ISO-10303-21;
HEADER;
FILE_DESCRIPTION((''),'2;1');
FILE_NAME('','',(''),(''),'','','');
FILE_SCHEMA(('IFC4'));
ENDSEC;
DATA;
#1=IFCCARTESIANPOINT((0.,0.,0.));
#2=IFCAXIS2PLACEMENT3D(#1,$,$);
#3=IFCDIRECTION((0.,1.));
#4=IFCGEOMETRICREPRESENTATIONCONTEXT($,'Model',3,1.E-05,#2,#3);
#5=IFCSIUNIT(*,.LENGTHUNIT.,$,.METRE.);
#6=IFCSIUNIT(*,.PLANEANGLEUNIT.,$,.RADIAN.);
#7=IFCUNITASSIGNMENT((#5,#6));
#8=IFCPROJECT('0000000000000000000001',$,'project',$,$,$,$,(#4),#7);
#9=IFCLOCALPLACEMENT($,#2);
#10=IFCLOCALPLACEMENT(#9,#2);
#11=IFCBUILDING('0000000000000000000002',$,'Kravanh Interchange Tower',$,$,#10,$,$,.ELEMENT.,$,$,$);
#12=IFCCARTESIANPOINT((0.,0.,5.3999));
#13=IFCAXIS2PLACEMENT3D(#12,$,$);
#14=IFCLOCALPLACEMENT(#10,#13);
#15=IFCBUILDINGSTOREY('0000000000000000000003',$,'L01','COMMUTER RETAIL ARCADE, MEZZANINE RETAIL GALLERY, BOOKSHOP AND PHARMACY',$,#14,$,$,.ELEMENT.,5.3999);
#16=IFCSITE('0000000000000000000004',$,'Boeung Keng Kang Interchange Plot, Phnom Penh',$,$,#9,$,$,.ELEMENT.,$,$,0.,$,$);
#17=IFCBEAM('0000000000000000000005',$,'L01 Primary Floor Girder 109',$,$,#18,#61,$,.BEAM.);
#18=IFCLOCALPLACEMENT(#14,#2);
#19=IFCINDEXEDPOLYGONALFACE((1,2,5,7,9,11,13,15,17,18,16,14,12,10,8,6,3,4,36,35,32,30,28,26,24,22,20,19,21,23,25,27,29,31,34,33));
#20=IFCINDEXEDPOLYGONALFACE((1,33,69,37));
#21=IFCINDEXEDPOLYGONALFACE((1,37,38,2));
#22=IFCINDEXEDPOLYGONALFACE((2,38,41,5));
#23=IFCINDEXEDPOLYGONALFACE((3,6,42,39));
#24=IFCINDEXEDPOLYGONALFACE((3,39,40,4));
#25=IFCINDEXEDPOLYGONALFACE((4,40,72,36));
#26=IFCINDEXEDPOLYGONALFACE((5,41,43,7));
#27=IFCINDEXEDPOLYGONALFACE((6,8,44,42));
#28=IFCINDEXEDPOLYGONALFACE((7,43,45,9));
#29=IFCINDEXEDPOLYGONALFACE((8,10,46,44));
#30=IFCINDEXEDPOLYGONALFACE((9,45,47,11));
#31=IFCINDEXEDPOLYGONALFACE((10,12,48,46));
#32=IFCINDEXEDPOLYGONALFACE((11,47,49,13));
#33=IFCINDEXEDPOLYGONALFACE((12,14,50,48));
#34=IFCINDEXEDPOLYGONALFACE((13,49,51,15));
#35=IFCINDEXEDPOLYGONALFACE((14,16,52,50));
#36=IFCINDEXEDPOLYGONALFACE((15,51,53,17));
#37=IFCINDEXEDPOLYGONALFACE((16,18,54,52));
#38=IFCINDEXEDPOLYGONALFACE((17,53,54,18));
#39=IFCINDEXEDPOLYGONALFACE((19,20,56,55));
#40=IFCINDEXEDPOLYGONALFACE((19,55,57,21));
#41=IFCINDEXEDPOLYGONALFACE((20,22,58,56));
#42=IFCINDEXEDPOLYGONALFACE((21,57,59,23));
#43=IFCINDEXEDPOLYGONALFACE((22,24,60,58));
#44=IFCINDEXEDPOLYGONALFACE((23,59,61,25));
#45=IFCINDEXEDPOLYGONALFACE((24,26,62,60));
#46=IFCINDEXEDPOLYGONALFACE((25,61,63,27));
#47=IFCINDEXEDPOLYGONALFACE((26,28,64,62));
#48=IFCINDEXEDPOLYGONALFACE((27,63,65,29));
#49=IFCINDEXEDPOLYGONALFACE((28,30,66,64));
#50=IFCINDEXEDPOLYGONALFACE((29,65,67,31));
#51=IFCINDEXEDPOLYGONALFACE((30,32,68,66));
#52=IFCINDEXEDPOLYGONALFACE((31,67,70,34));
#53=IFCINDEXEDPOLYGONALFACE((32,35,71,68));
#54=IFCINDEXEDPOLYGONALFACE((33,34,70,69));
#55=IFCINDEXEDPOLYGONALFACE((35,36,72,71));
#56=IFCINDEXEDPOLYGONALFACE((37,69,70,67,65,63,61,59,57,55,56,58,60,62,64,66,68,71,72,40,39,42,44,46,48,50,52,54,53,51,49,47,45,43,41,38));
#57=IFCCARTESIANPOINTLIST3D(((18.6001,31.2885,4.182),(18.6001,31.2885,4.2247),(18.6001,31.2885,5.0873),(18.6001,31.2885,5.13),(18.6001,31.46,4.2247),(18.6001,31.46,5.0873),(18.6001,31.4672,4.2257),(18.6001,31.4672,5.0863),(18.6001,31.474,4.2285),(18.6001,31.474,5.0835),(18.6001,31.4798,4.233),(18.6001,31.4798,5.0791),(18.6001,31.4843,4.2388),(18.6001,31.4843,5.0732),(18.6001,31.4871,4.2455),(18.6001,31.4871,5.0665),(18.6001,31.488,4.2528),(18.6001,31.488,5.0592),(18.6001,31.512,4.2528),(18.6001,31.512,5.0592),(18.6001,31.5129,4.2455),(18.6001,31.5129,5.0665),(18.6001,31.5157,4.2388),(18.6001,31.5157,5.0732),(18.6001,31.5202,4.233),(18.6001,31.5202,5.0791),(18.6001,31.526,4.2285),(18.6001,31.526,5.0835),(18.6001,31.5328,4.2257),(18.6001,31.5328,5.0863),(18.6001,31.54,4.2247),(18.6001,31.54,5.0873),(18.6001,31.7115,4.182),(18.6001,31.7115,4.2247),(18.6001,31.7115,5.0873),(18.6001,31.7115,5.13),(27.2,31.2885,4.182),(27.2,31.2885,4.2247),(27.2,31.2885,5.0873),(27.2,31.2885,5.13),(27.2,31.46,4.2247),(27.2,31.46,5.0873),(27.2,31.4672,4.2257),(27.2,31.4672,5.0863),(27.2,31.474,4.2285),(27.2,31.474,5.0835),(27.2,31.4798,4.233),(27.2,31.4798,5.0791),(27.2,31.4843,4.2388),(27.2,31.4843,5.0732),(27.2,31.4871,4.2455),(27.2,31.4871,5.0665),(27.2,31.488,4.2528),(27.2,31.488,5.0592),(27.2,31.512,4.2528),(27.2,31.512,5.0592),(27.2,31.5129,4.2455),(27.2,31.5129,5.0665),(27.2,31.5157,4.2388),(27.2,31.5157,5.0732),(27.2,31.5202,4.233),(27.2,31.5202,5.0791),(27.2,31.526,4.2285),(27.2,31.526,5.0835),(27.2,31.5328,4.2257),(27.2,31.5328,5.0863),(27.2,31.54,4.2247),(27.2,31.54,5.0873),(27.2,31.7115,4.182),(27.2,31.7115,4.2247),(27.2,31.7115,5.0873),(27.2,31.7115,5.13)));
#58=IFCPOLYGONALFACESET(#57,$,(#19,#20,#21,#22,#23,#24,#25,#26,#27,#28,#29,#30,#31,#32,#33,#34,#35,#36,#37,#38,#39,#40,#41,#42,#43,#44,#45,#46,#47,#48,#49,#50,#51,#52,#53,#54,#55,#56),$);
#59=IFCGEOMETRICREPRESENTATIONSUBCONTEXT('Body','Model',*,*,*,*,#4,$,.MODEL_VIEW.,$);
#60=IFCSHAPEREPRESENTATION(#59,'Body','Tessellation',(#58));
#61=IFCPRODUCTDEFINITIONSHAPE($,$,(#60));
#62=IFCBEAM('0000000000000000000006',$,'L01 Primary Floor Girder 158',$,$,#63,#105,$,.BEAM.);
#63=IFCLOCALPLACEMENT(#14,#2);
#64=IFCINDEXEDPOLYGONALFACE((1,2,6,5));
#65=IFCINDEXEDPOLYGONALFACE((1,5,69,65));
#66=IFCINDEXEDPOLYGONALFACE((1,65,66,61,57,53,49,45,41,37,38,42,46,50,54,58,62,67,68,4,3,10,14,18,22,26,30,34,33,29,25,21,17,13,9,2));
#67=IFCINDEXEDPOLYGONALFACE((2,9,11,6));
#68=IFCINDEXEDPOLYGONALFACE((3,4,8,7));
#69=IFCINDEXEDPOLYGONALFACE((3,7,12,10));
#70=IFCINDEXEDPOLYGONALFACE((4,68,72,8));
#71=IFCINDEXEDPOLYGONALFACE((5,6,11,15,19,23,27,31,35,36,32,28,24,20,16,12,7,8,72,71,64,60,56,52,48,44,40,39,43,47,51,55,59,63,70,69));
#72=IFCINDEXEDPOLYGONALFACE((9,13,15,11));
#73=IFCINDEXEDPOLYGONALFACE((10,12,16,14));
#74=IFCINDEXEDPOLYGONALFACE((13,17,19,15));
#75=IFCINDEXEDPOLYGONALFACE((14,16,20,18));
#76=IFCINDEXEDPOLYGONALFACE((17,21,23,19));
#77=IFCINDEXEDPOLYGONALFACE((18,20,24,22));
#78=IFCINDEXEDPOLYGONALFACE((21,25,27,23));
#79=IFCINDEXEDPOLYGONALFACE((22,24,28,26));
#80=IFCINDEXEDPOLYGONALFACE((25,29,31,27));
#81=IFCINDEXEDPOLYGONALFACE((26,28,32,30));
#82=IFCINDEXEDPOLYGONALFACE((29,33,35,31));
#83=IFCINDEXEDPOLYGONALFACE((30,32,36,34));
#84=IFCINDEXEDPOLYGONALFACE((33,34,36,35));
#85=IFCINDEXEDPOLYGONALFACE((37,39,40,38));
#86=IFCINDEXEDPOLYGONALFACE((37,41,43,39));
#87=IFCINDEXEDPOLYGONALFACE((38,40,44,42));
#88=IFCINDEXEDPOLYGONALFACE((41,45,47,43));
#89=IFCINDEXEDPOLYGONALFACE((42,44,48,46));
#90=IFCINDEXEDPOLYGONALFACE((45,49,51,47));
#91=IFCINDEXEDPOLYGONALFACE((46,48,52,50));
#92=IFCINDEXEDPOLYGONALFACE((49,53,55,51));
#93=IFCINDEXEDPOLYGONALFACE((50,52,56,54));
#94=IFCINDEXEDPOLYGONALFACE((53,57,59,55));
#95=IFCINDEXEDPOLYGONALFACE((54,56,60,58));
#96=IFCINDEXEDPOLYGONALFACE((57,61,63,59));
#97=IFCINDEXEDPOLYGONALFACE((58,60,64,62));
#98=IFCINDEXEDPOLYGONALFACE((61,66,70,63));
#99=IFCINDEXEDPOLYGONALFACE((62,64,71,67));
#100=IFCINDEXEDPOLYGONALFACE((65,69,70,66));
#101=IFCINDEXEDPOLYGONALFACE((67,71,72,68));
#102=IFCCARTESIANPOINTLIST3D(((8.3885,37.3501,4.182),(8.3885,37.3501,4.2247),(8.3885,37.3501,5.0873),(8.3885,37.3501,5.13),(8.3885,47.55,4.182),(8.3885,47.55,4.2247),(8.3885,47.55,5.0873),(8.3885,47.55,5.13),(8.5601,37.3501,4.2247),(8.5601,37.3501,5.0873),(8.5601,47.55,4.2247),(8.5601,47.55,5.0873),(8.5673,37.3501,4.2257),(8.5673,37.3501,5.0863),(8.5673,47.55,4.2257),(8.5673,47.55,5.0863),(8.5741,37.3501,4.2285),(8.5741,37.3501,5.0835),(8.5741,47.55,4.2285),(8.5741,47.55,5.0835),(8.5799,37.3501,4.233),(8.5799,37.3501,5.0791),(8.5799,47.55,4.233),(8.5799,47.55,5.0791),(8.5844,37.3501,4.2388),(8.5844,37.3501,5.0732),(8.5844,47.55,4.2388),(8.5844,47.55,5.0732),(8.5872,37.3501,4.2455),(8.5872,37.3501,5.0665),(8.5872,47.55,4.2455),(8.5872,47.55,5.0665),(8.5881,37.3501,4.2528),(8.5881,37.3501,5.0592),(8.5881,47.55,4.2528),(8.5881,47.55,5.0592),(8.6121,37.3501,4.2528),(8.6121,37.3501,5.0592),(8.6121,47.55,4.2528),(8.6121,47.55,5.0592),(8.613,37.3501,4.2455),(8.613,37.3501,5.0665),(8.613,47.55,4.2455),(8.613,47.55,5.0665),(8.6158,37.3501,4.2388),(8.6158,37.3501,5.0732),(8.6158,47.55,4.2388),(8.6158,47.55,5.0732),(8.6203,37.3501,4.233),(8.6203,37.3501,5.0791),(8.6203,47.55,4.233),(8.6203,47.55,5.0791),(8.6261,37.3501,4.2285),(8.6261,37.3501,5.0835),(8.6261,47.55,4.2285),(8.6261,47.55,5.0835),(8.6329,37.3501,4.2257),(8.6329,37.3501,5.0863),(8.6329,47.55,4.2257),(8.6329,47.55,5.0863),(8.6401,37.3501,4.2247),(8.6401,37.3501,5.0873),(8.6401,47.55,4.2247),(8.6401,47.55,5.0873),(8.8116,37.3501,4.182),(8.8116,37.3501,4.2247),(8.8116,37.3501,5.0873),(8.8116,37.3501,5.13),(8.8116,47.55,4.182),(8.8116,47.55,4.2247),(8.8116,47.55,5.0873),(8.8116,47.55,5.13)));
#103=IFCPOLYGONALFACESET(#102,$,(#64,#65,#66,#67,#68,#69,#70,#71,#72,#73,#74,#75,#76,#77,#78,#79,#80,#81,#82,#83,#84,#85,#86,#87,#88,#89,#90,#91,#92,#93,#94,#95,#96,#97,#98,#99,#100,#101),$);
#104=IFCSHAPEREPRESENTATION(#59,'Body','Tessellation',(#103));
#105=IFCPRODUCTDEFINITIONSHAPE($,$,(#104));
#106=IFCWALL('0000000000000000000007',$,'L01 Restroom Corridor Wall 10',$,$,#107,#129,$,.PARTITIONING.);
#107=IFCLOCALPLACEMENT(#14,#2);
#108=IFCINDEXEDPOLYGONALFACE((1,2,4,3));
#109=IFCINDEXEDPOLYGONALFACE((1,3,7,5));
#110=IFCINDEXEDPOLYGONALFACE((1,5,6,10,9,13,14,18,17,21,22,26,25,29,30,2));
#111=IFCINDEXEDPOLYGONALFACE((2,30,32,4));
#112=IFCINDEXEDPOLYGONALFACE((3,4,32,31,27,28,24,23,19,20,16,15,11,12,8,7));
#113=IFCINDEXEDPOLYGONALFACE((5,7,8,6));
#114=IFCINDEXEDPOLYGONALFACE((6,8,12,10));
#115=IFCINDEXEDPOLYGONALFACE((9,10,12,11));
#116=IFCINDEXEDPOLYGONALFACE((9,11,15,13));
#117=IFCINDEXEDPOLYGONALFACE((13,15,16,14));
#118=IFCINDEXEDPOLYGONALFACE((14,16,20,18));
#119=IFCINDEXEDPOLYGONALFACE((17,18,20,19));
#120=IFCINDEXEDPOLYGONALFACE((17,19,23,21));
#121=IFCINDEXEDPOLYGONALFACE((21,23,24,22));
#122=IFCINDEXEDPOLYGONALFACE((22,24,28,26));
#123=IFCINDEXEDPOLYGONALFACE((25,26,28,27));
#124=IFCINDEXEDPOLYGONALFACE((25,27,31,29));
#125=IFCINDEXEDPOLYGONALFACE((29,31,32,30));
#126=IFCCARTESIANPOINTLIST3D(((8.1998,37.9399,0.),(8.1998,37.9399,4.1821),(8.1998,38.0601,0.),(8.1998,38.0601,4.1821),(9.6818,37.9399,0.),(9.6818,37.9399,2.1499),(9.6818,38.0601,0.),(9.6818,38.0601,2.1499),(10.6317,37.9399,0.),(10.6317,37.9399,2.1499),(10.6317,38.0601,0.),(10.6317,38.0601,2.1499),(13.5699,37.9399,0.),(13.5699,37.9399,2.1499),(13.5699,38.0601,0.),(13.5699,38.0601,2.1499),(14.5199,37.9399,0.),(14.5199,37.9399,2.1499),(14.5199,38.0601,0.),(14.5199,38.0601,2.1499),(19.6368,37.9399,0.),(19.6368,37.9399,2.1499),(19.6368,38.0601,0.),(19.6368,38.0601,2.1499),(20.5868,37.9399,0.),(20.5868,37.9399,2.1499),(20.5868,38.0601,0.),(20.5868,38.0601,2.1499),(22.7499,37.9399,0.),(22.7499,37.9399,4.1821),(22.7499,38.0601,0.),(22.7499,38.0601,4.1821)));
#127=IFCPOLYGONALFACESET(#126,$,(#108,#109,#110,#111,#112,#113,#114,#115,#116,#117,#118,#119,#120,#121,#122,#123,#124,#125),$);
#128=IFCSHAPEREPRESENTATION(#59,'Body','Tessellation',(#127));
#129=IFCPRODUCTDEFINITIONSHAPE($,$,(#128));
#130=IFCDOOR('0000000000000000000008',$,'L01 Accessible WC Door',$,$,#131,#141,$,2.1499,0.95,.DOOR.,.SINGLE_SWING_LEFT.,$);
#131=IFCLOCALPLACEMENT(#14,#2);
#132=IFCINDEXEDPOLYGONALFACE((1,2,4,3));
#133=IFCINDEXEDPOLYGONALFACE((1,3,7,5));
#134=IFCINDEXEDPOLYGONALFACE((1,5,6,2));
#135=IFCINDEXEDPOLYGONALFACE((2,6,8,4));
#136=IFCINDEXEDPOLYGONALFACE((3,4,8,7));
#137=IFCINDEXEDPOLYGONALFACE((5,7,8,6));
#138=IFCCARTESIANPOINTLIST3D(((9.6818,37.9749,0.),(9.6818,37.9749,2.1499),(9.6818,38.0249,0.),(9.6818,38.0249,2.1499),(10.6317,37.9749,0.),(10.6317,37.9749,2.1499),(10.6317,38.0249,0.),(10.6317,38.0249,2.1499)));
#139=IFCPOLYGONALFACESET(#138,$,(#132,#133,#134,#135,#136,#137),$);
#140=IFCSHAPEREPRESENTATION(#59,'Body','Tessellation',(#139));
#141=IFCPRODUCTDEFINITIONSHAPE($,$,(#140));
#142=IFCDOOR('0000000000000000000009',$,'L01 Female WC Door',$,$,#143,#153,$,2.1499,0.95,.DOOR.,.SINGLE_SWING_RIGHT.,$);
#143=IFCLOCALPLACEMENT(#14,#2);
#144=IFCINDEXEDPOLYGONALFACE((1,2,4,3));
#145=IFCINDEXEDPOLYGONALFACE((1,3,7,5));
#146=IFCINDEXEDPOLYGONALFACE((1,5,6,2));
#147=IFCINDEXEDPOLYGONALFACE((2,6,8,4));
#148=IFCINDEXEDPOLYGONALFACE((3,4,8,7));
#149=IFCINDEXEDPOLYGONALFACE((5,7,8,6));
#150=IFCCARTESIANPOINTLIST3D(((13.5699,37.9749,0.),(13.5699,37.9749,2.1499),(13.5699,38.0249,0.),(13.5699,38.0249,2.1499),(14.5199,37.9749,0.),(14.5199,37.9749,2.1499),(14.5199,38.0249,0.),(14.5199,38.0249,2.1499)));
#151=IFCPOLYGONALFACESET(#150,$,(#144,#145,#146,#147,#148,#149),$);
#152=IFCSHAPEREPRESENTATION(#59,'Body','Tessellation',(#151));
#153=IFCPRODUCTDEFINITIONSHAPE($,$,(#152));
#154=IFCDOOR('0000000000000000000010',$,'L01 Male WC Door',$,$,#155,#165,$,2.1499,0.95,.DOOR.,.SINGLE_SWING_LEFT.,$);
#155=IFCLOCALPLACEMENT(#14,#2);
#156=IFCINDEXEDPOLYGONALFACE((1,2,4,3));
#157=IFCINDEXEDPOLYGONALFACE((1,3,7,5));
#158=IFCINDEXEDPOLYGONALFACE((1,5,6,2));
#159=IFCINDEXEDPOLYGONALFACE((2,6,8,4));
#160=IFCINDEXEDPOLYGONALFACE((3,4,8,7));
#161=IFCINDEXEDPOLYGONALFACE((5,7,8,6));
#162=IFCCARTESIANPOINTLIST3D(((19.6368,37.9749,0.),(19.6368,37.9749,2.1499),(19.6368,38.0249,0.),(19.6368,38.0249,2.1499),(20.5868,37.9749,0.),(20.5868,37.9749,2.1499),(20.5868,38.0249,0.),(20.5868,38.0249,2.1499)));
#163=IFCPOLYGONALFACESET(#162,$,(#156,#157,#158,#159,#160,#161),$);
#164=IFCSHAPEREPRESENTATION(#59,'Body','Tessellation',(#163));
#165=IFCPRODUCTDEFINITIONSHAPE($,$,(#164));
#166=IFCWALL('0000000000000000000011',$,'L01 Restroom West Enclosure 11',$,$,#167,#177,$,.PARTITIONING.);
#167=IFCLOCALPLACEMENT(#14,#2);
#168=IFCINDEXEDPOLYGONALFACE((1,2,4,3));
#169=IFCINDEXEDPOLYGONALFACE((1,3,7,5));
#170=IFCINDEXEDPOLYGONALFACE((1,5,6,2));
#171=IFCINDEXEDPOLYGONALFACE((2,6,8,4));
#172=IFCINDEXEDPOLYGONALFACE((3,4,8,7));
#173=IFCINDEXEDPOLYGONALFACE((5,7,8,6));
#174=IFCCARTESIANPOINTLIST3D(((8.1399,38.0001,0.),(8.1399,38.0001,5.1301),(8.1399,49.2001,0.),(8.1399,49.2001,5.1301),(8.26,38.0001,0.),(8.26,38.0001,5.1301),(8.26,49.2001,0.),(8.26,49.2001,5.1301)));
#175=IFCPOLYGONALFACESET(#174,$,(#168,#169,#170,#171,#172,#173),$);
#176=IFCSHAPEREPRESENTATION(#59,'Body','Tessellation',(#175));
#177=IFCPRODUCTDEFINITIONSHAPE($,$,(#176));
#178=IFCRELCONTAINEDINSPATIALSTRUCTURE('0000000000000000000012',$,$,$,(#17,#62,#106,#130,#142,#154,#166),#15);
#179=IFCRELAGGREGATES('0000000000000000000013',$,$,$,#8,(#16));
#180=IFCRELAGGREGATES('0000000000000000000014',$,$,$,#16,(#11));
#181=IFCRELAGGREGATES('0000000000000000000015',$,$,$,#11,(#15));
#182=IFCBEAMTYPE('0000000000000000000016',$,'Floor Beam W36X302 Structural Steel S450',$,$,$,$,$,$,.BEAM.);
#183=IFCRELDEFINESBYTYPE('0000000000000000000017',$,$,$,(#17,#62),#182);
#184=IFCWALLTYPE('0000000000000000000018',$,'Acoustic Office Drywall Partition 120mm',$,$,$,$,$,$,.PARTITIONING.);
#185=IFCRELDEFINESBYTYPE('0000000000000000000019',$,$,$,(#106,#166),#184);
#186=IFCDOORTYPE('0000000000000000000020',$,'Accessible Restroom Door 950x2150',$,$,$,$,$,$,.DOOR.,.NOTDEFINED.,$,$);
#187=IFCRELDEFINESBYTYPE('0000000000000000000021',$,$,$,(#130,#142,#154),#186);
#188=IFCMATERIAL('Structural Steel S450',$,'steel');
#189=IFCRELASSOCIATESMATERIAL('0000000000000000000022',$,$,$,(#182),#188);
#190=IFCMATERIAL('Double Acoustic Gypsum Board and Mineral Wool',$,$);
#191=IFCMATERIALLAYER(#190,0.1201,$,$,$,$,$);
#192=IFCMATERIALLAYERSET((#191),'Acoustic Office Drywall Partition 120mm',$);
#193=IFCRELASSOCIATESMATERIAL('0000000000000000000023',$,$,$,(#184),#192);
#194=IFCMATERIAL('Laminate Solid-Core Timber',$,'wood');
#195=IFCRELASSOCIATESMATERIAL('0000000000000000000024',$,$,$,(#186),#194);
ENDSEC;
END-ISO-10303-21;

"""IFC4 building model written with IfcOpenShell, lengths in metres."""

from ifc_helpers import new_model, si_unit, direction, frame, frame_2d, origin, origin_2d, place, context, subcontext, project, spatial, rectangle, i_section, extrude, material, layer, layer_set, material_profile, profile_set, type_object, element, fill, save


model = new_model("IFC4")

# Units and contexts
model_context = context("Model", 3, precision=1e-05, world=origin(), true_north=direction((0.0, 1.0)))
body_context = subcontext(model_context, "Body", "Model", "MODEL_VIEW")
ifc_project = project(units=[si_unit("LENGTHUNIT", "METRE"), si_unit("PLANEANGLEUNIT", "RADIAN")], contexts=[model_context])

# Site, building, storey
site_placement = place(None, origin())
site = spatial("IfcSite", under=ifc_project, at=site_placement, Name="Boeung Keng Kang Interchange Plot, Phnom Penh", CompositionType="ELEMENT", RefElevation=0.0)
building_placement = place(site_placement, origin())
building = spatial("IfcBuilding", under=site, at=building_placement, Name="Kravanh Interchange Tower", CompositionType="ELEMENT")
storey_placement = place(building_placement, frame((0.0, 0.0, 5.3999)))
storey = spatial("IfcBuildingStorey", under=building, at=storey_placement, Name="L01", Description="COMMUTER RETAIL ARCADE, MEZZANINE RETAIL GALLERY, BOOKSHOP AND PHARMACY", CompositionType="ELEMENT", Elevation=5.3999)

# Beams
ifc_material_1 = material(Name="Structural Steel S450", Category="steel")
ifc_material_profile_1 = material_profile(ifc_material_1, i_section(OverallWidth=0.4231, OverallDepth=0.948, WebThickness=0.0239, FlangeThickness=0.0427, FilletRadius=0.0281, at=origin_2d()), Name="W36X302")
ifc_profile_set_1 = profile_set([ifc_material_profile_1], Name="Structural Steel S450")
beam_type = type_object("IfcBeamType", Name="Floor Beam W36X302 Structural Steel S450", PredefinedType="BEAM", material=ifc_profile_set_1)
beam_1_placement = place(storey_placement, frame((18.6001, 31.5, 4.656), z_axis=(1.0, 0.0, 0.0), x_axis=(0.0, 1.0, 0.0)))
element("IfcBeam", 1, at=beam_1_placement, inside=storey, type_object=beam_type, Name="L01 Primary Floor Girder 109", PredefinedType="BEAM", context=body_context, shape_type="SweptSolid", body=[
    extrude(i_section(OverallWidth=0.4231, OverallDepth=0.948, WebThickness=0.0239, FlangeThickness=0.0427, FilletRadius=0.0281, at=origin_2d()), origin(), (0.0, 0.0, 1.0), 8.5999),
])
beam_2_placement = place(storey_placement, frame((8.6001, 37.3501, 4.656), z_axis=(0.0, 1.0, 0.0), x_axis=(-1.0, 0.0, 0.0)))
element("IfcBeam", 2, at=beam_2_placement, inside=storey, type_object=beam_type, Name="L01 Primary Floor Girder 158", PredefinedType="BEAM", context=body_context, shape_type="SweptSolid", body=[
    extrude(i_section(OverallWidth=0.4231, OverallDepth=0.948, WebThickness=0.0239, FlangeThickness=0.0427, FilletRadius=0.0281, at=origin_2d()), origin(), (0.0, 0.0, 1.0), 10.2),
])

# Wall, openings, doors
ifc_material_2 = material(Name="Double Acoustic Gypsum Board and Mineral Wool")
ifc_layer_1 = layer(ifc_material_2, 0.1201)
ifc_layer_set_1 = layer_set([ifc_layer_1], Name="Acoustic Office Drywall Partition 120mm")
wall_type_1 = type_object("IfcWallType", Name="Acoustic Office Drywall Partition 120mm", PredefinedType="PARTITIONING", material=ifc_layer_set_1)
wall_1_placement = place(storey_placement, frame((8.2, 38.0, 0.0), z_axis=(0.0, 0.0, 1.0), x_axis=(1.0, 0.0, 0.0)))
wall_1 = element("IfcWall", 3, at=wall_1_placement, inside=storey, type_object=wall_type_1, Name="L01 Restroom Corridor Wall 10", PredefinedType="PARTITIONING", context=body_context, shape_type="SweptSolid", body=[
    extrude(rectangle(XDim=14.55, YDim=0.1201, at=frame_2d((7.2749, 0.0))), origin(), (0.0, 0.0, 1.0), 4.1821),
])
opening_1_placement = place(wall_1_placement, frame((1.4817, 0.0, 0.0)))
opening_1 = element("IfcOpeningElement", 4, at=opening_1_placement, cuts=wall_1, PredefinedType="OPENING", context=body_context, shape_type="SweptSolid", body=[
    extrude(rectangle(XDim=0.95, YDim=2.1499, at=frame_2d((0.4751, 1.075))), frame((0.0, 0.0701, 0.0), z_axis=(0.0, -1.0, 0.0), x_axis=(1.0, 0.0, 0.0)), (0.0, 0.0, 1.0), 0.1401),
])
opening_2_placement = place(wall_1_placement, frame((5.3699, 0.0, 0.0)))
opening_2 = element("IfcOpeningElement", 5, at=opening_2_placement, cuts=wall_1, PredefinedType="OPENING", context=body_context, shape_type="SweptSolid", body=[
    extrude(rectangle(XDim=0.95, YDim=2.1499, at=frame_2d((0.4751, 1.075))), frame((0.0, 0.0701, 0.0), z_axis=(0.0, -1.0, 0.0), x_axis=(1.0, 0.0, 0.0)), (0.0, 0.0, 1.0), 0.1401),
])
opening_3_placement = place(wall_1_placement, frame((11.4368, 0.0, 0.0)))
opening_3 = element("IfcOpeningElement", 6, at=opening_3_placement, cuts=wall_1, PredefinedType="OPENING", context=body_context, shape_type="SweptSolid", body=[
    extrude(rectangle(XDim=0.95, YDim=2.1499, at=frame_2d((0.4751, 1.075))), frame((0.0, 0.0701, 0.0), z_axis=(0.0, -1.0, 0.0), x_axis=(1.0, 0.0, 0.0)), (0.0, 0.0, 1.0), 0.1401),
])
ifc_material_3 = material(Name="Laminate Solid-Core Timber", Category="wood")
door_type = type_object("IfcDoorType", Name="Accessible Restroom Door 950x2150", OperationType="NOTDEFINED", PredefinedType="DOOR", material=ifc_material_3)
door_1_placement = place(opening_1_placement, origin())
door_1 = element("IfcDoor", 7, at=door_1_placement, inside=storey, type_object=door_type, Name="L01 Accessible WC Door", OperationType="SINGLE_SWING_LEFT", OverallHeight=2.1499, OverallWidth=0.95, PredefinedType="DOOR", context=body_context, shape_type="SweptSolid", body=[
    extrude(rectangle(XDim=0.95, YDim=2.1499, at=frame_2d((0.4751, 1.075))), frame((0.0, 0.0249, 0.0), z_axis=(0.0, -1.0, 0.0), x_axis=(1.0, 0.0, 0.0)), (0.0, 0.0, 1.0), 0.05),
])
fill(opening_1, door_1)
door_2_placement = place(opening_2_placement, origin())
door_2 = element("IfcDoor", 8, at=door_2_placement, inside=storey, type_object=door_type, Name="L01 Female WC Door", OperationType="SINGLE_SWING_RIGHT", OverallHeight=2.1499, OverallWidth=0.95, PredefinedType="DOOR", context=body_context, shape_type="SweptSolid", body=[
    extrude(rectangle(XDim=0.95, YDim=2.1499, at=frame_2d((0.4751, 1.075))), frame((0.0, 0.0249, 0.0), z_axis=(0.0, -1.0, 0.0), x_axis=(1.0, 0.0, 0.0)), (0.0, 0.0, 1.0), 0.05),
])
fill(opening_2, door_2)
door_3_placement = place(opening_3_placement, origin())
door_3 = element("IfcDoor", 9, at=door_3_placement, inside=storey, type_object=door_type, Name="L01 Male WC Door", OperationType="SINGLE_SWING_LEFT", OverallHeight=2.1499, OverallWidth=0.95, PredefinedType="DOOR", context=body_context, shape_type="SweptSolid", body=[
    extrude(rectangle(XDim=0.95, YDim=2.1499, at=frame_2d((0.4751, 1.075))), frame((0.0, 0.0249, 0.0), z_axis=(0.0, -1.0, 0.0), x_axis=(1.0, 0.0, 0.0)), (0.0, 0.0, 1.0), 0.05),
])
fill(opening_3, door_3)

# Wall
wall_2_placement = place(storey_placement, frame((8.2, 38.0, 0.0), z_axis=(0.0, 0.0, 1.0), x_axis=(0.0, 1.0, 0.0)))
element("IfcWall", 10, at=wall_2_placement, inside=storey, type_object=wall_type_1, Name="L01 Restroom West Enclosure 11", PredefinedType="PARTITIONING", context=body_context, shape_type="SweptSolid", body=[
    extrude(rectangle(XDim=11.2, YDim=0.1201, at=frame_2d((5.6001, 0.0))), origin(), (0.0, 0.0, 1.0), 5.1301),
])

save(model, "model.ifc")
